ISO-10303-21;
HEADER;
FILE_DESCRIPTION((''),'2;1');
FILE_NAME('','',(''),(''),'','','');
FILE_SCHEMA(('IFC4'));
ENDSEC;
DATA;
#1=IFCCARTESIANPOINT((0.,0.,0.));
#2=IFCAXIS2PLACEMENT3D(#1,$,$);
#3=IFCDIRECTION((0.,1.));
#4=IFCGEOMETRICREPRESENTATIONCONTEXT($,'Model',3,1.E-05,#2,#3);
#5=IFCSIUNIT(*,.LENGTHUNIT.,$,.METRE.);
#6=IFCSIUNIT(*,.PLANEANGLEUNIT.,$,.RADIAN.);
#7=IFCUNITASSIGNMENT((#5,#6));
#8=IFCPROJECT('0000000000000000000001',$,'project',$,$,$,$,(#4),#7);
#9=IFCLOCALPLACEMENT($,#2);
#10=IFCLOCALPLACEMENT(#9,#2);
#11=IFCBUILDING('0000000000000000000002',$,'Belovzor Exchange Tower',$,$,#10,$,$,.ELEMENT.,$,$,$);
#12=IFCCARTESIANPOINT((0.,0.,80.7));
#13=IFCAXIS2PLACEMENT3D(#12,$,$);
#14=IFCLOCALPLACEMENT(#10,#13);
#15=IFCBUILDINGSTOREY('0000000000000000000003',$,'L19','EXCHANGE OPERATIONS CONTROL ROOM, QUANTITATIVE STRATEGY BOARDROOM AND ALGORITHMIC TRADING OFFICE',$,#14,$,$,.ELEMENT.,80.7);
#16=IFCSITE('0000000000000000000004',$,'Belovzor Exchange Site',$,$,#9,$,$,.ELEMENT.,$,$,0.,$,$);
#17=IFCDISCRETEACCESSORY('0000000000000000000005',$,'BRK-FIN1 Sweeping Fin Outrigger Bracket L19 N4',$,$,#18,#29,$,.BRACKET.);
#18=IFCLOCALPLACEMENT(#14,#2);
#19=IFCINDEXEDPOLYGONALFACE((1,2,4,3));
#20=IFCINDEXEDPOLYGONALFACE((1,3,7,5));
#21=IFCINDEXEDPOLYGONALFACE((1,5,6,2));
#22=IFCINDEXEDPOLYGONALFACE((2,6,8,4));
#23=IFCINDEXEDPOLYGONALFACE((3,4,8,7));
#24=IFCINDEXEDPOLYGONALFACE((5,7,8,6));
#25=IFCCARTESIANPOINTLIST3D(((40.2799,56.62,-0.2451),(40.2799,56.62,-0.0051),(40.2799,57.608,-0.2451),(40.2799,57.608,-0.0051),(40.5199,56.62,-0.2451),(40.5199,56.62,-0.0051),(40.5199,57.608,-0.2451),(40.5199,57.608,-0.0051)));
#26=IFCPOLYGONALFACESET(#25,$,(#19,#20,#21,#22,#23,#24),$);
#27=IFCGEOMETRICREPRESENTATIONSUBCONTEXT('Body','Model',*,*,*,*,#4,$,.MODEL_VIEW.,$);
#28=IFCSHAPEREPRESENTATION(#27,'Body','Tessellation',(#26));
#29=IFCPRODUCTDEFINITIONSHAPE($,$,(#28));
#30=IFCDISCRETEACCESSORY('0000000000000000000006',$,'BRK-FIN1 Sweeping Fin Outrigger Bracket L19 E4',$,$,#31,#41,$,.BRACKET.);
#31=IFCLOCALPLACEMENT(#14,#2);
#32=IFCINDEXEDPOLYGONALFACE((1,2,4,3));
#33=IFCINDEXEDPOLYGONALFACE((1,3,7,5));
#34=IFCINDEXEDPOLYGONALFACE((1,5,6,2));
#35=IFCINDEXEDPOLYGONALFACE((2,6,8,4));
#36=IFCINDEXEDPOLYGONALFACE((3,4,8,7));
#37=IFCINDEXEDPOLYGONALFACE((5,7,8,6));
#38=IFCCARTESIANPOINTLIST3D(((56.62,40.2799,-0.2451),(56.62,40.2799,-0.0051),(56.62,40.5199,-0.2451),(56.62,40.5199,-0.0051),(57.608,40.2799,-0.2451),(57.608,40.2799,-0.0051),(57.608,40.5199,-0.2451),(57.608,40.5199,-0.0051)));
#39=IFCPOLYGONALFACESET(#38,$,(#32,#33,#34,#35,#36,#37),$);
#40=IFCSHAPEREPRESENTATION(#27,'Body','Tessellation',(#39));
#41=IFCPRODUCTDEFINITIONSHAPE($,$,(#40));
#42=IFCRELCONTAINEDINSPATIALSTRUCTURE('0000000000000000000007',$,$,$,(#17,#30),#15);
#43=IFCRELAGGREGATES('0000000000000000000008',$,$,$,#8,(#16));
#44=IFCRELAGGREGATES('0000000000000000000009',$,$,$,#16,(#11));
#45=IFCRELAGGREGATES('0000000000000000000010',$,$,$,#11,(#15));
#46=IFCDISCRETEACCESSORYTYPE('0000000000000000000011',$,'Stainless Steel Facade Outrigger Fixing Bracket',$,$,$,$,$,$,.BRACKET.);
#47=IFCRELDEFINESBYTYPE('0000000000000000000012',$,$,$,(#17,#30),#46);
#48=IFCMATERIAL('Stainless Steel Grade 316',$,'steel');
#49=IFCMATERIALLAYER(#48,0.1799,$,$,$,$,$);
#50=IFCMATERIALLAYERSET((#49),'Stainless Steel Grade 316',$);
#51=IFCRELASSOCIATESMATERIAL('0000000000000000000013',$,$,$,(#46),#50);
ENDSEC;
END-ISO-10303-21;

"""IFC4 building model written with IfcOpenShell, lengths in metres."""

from ifc_helpers import new_model, si_unit, direction, frame, origin, origin_2d, place, context, subcontext, project, spatial, rectangle, extrude, material, layer, layer_set, type_object, element, save


model = new_model("IFC4")

# Units and contexts
model_context = context("Model", 3, precision=1e-05, world=origin(), true_north=direction((0.0, 1.0)))
body_context = subcontext(model_context, "Body", "Model", "MODEL_VIEW")
ifc_project = project(units=[si_unit("LENGTHUNIT", "METRE"), si_unit("PLANEANGLEUNIT", "RADIAN")], contexts=[model_context])

# Site, building, storey
site_placement = place(None, origin())
site = spatial("IfcSite", under=ifc_project, at=site_placement, Name="Belovzor Exchange Site", CompositionType="ELEMENT", RefElevation=0.0)
building_placement = place(site_placement, origin())
building = spatial("IfcBuilding", under=site, at=building_placement, Name="Belovzor Exchange Tower", CompositionType="ELEMENT")
storey_placement = place(building_placement, frame((0.0, 0.0, 80.7)))
storey = spatial("IfcBuildingStorey", under=building, at=storey_placement, Name="L19", Description="EXCHANGE OPERATIONS CONTROL ROOM, QUANTITATIVE STRATEGY BOARDROOM AND ALGORITHMIC TRADING OFFICE", CompositionType="ELEMENT", Elevation=80.7)

# Discrete accessories
ifc_material_1 = material(Name="Stainless Steel Grade 316", Category="steel")
ifc_layer_1 = layer(ifc_material_1, 0.1799)
ifc_layer_set_1 = layer_set([ifc_layer_1], Name="Stainless Steel Grade 316")
discrete_accessory_type = type_object("IfcDiscreteAccessoryType", Name="Stainless Steel Facade Outrigger Fixing Bracket", PredefinedType="BRACKET", material=ifc_layer_set_1)
for number, where, z_axis, x_axis, name in (
    (1, (40.3999, 57.114, -0.2451), (0.0, 0.0, 1.0), (0.0, 1.0, 0.0), "BRK-FIN1 Sweeping Fin Outrigger Bracket L19 N4"),
    (2, (57.114, 40.3999, -0.2451), (0.0, 0.0, 1.0), (1.0, 0.0, 0.0), "BRK-FIN1 Sweeping Fin Outrigger Bracket L19 E4"),
):
    element("IfcDiscreteAccessory", number, at=place(storey_placement, frame(where, z_axis=z_axis, x_axis=x_axis)), inside=storey, type_object=discrete_accessory_type, Name=name, PredefinedType="BRACKET", context=body_context, shape_type="SweptSolid", body=[
        extrude(rectangle(XDim=0.988, YDim=0.24, at=origin_2d()), origin(), (0.0, 0.0, 1.0), 0.24),
    ])

save(model, "model.ifc")
